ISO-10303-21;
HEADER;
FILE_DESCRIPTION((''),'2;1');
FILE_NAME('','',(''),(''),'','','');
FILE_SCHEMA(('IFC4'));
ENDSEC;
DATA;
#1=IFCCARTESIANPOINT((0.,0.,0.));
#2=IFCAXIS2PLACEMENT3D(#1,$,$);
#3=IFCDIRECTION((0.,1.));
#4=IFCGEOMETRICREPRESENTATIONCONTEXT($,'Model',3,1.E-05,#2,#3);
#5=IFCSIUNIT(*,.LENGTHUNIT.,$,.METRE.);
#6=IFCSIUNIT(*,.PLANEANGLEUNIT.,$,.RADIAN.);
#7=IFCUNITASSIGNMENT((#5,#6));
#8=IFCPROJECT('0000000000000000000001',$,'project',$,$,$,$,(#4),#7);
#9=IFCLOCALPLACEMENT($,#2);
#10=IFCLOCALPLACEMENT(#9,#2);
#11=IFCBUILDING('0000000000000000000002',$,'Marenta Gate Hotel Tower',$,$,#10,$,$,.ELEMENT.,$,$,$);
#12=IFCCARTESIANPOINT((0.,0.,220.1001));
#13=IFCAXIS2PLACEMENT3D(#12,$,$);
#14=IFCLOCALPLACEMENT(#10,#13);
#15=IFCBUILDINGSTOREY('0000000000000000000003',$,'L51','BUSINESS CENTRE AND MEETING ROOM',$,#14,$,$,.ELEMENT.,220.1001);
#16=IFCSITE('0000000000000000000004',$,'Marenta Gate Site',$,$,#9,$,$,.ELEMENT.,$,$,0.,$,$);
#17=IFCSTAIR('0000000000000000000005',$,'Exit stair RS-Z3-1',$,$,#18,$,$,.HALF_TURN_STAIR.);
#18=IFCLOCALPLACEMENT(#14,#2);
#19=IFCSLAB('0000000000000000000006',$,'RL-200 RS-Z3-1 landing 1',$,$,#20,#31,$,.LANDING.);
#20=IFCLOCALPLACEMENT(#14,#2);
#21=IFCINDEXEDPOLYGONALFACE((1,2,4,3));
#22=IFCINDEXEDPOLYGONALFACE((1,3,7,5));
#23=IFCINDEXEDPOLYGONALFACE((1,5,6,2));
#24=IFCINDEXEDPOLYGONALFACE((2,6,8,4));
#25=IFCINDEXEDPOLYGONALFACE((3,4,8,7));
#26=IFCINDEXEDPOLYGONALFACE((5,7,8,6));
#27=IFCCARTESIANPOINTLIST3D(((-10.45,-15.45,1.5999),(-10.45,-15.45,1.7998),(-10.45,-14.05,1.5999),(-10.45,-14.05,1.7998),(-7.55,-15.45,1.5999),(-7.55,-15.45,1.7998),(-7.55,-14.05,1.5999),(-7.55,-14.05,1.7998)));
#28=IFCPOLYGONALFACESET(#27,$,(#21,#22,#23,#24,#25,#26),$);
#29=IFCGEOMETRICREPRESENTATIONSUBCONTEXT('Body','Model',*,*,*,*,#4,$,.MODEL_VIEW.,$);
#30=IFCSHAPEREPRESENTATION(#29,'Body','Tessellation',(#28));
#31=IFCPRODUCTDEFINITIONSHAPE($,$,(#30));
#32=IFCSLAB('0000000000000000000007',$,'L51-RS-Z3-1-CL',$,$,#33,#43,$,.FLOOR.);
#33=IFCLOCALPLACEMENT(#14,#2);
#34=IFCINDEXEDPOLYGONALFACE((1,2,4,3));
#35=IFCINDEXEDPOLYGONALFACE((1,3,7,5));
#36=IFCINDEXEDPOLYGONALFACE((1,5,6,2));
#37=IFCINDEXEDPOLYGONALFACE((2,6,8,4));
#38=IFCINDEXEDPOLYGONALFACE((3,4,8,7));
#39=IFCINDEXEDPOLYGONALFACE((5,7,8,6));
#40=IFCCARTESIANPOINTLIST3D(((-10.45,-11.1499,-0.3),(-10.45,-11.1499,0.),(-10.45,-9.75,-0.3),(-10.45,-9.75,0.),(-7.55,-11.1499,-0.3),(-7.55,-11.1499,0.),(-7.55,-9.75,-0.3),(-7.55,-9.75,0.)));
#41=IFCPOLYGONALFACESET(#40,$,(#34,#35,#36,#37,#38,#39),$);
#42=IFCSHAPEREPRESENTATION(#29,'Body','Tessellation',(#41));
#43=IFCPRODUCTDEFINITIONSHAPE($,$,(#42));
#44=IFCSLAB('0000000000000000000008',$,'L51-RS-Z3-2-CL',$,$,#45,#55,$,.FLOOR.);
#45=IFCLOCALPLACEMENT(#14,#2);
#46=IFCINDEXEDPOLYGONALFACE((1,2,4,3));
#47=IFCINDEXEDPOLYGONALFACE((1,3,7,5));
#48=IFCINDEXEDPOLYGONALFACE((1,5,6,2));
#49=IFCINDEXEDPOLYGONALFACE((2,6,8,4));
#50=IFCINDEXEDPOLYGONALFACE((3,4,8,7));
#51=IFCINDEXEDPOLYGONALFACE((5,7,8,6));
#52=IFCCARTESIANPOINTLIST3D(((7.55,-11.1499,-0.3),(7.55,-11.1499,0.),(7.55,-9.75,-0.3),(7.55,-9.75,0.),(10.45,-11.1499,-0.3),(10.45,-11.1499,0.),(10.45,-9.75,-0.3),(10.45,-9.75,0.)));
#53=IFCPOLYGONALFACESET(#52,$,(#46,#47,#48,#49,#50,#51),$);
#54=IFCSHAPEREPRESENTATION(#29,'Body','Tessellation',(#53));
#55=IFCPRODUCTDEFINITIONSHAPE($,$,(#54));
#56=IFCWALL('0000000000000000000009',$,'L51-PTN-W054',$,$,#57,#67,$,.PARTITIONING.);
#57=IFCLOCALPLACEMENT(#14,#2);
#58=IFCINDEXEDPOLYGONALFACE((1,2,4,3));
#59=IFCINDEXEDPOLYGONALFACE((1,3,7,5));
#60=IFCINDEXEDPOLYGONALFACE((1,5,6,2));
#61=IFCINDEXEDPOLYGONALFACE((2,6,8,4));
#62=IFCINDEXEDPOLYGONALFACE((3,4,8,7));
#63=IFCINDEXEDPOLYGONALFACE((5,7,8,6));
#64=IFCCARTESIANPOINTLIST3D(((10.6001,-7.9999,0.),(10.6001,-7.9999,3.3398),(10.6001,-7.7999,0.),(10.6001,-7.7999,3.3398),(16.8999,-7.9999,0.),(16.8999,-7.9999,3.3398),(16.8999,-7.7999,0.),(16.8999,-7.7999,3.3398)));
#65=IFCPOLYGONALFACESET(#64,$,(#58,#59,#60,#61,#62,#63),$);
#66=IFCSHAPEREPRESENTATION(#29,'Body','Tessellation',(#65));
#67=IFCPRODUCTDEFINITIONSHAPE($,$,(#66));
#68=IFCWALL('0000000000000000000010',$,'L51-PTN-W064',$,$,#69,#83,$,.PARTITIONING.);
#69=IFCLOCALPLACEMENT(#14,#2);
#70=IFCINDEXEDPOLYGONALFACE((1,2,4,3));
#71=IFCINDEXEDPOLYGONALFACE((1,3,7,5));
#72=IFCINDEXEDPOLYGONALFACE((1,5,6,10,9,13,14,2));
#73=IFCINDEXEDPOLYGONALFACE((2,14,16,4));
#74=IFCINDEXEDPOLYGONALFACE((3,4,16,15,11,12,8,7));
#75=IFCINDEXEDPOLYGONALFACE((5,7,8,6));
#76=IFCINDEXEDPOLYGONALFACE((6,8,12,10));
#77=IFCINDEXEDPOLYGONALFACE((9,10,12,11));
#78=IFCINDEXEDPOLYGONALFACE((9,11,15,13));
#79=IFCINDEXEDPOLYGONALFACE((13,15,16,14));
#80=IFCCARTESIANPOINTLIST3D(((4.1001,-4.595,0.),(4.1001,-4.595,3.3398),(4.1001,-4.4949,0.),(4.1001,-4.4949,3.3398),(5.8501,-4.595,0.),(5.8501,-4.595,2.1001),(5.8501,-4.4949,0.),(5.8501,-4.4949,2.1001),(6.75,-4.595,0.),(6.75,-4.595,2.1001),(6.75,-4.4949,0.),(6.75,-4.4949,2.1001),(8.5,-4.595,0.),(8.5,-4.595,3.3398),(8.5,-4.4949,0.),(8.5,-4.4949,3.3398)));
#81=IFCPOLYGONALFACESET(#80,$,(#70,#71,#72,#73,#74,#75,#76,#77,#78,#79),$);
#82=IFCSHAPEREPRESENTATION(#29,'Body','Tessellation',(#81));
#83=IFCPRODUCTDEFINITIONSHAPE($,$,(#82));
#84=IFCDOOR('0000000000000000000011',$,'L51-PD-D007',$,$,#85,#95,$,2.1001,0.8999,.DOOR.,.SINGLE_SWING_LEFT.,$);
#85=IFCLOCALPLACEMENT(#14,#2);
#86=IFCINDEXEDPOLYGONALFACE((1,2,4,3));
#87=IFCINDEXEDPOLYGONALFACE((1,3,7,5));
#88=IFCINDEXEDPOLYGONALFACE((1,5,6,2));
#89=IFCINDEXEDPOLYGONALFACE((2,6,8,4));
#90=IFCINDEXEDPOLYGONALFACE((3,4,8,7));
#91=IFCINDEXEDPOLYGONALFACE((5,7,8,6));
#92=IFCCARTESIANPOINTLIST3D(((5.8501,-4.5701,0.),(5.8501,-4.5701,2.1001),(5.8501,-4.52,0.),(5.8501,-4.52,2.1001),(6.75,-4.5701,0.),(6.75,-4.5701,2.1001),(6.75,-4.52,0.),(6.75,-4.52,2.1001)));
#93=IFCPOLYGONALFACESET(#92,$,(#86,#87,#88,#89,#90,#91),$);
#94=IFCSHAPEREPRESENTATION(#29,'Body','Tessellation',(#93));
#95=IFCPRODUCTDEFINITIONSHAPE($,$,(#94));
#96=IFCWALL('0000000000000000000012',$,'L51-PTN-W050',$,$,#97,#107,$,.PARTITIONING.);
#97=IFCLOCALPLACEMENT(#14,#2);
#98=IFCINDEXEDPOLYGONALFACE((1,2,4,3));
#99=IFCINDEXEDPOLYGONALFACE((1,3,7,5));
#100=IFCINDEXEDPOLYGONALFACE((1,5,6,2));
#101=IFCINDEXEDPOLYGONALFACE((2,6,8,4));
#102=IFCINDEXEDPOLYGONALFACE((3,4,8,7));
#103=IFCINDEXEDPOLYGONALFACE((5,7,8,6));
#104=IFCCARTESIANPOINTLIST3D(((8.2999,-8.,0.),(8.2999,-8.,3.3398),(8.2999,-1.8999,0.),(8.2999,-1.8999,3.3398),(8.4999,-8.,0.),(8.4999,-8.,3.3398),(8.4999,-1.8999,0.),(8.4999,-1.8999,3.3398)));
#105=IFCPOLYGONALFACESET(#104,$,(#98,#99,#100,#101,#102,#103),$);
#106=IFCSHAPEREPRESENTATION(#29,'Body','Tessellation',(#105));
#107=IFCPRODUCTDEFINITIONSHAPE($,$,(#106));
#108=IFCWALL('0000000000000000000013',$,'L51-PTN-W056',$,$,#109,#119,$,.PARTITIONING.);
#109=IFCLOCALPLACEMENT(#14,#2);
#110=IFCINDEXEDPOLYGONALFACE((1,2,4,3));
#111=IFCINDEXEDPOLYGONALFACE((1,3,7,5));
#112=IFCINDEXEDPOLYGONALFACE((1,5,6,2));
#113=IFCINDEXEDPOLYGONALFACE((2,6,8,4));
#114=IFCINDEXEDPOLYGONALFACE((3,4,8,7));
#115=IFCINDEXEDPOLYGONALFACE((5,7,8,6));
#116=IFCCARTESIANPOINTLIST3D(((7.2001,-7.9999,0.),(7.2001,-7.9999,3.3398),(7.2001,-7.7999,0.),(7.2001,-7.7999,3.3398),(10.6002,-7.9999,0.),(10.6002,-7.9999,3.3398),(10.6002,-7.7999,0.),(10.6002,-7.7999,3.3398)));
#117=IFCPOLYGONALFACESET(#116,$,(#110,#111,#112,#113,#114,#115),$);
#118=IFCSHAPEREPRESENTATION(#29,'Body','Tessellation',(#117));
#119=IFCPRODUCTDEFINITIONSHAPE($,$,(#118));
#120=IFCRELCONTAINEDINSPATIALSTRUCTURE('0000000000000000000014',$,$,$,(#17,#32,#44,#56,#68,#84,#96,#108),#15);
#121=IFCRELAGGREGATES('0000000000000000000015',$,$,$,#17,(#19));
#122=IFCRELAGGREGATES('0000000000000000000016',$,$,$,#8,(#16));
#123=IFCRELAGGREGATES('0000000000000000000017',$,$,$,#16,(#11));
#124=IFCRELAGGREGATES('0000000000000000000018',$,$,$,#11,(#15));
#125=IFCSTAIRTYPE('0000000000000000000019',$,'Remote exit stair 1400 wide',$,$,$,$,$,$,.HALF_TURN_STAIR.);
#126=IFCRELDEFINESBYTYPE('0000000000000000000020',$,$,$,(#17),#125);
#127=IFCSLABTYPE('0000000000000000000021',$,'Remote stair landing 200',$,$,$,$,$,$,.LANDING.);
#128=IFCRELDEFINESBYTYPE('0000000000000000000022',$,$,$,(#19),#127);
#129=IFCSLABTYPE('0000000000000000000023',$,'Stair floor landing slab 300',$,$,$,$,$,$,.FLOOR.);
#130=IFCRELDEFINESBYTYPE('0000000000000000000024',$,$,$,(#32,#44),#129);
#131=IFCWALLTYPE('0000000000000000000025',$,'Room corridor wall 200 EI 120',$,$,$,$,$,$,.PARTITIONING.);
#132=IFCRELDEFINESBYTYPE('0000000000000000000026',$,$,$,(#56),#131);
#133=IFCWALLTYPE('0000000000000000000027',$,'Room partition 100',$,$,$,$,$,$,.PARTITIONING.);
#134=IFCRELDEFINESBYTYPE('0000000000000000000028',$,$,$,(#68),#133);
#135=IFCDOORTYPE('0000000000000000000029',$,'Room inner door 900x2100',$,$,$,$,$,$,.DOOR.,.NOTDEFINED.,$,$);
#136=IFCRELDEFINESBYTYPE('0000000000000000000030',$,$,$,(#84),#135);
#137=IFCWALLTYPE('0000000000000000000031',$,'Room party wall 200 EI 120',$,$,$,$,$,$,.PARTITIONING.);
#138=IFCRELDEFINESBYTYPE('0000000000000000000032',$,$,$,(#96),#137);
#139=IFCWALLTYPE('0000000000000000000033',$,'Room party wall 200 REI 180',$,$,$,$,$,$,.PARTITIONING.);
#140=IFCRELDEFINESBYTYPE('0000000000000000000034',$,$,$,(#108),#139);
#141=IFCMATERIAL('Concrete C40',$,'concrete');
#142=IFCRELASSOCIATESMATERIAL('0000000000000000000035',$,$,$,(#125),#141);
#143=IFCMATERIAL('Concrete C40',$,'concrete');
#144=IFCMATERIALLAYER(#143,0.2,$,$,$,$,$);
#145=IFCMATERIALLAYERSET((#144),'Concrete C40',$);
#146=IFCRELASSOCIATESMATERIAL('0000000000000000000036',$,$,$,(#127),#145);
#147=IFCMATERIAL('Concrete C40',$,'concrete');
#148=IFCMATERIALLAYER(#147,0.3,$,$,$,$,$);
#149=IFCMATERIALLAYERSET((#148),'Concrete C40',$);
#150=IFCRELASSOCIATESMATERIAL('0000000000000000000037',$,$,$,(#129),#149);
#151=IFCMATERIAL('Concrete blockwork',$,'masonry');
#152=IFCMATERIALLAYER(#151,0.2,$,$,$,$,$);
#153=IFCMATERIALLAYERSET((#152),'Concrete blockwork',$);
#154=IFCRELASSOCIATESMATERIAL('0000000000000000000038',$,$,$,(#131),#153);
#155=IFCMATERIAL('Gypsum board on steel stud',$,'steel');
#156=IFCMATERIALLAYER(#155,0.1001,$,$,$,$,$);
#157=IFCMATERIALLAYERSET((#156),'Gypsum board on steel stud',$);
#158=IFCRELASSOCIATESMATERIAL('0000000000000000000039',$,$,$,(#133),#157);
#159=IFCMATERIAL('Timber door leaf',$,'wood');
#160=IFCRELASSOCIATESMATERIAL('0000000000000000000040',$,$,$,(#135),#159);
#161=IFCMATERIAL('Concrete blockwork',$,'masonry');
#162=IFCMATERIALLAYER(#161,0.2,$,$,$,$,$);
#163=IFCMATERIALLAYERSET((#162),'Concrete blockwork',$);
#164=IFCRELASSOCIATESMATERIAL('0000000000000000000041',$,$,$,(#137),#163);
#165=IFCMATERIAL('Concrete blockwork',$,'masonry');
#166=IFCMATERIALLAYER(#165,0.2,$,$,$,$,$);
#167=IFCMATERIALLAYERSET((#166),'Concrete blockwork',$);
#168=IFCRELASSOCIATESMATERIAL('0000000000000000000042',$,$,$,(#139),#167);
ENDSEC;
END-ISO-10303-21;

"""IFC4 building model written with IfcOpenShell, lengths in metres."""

from ifc_helpers import new_model, si_unit, direction, frame, frame_2d, origin, place, context, subcontext, project, spatial, polyline, rectangle, outline, extrude, material, layer, layer_set, type_object, element, fill, aggregate, save


model = new_model("IFC4")

# Units and contexts
model_context = context("Model", 3, precision=1e-05, world=origin(), true_north=direction((0.0, 1.0)))
body_context = subcontext(model_context, "Body", "Model", "MODEL_VIEW")
ifc_project = project(units=[si_unit("LENGTHUNIT", "METRE"), si_unit("PLANEANGLEUNIT", "RADIAN")], contexts=[model_context])

# Site, building, storey
site_placement = place(None, origin())
site = spatial("IfcSite", under=ifc_project, at=site_placement, Name="Marenta Gate Site", CompositionType="ELEMENT", RefElevation=0.0)
building_placement = place(site_placement, origin())
building = spatial("IfcBuilding", under=site, at=building_placement, Name="Marenta Gate Hotel Tower", CompositionType="ELEMENT")
storey_placement = place(building_placement, frame((0.0, 0.0, 220.1001)))
storey = spatial("IfcBuildingStorey", under=building, at=storey_placement, Name="L51", Description="BUSINESS CENTRE AND MEETING ROOM", CompositionType="ELEMENT", Elevation=220.1001)

# Stair, slab
ifc_material_1 = material(Name="Concrete C40", Category="concrete")
stair_type_1 = type_object("IfcStairType", Name="Remote exit stair 1400 wide", PredefinedType="HALF_TURN_STAIR", material=ifc_material_1)
stair_1_placement = place(storey_placement, origin())
stair_1 = element("IfcStair", 1, at=stair_1_placement, inside=storey, type_object=stair_type_1, Name="Exit stair RS-Z3-1", PredefinedType="HALF_TURN_STAIR")
ifc_material_2 = material(Name="Concrete C40", Category="concrete")
ifc_layer_1 = layer(ifc_material_2, 0.2)
ifc_layer_set_1 = layer_set([ifc_layer_1], Name="Concrete C40")
slab_type_1 = type_object("IfcSlabType", Name="Remote stair landing 200", PredefinedType="LANDING", material=ifc_layer_set_1)
slab_1_placement = place(storey_placement, frame((0.0, 0.0, 1.5999)))
slab_1 = element("IfcSlab", 2, at=slab_1_placement, type_object=slab_type_1, Name="RL-200 RS-Z3-1 landing 1", PredefinedType="LANDING", context=body_context, shape_type="SweptSolid", body=[
    extrude(outline(polyline([(-10.45, -15.45), (-7.55, -15.45), (-7.55, -14.05), (-10.45, -14.05), (-10.45, -15.45)])), origin(), (0.0, 0.0, 1.0), 0.2),
])
aggregate(stair_1, [slab_1])

# Slabs
ifc_material_3 = material(Name="Concrete C40", Category="concrete")
ifc_layer_2 = layer(ifc_material_3, 0.3)
ifc_layer_set_2 = layer_set([ifc_layer_2], Name="Concrete C40")
slab_type_2 = type_object("IfcSlabType", Name="Stair floor landing slab 300", PredefinedType="FLOOR", material=ifc_layer_set_2)
slab_2_placement = place(storey_placement, frame((0.0, 0.0, -0.3)))
element("IfcSlab", 3, at=slab_2_placement, inside=storey, type_object=slab_type_2, Name="L51-RS-Z3-1-CL", PredefinedType="FLOOR", context=body_context, shape_type="SweptSolid", body=[
    extrude(outline(polyline([(-7.55, -11.1499), (-7.55, -9.75), (-10.45, -9.75), (-10.45, -11.1499), (-7.55, -11.1499)])), origin(), (0.0, 0.0, 1.0), 0.3),
])
slab_3_placement = place(storey_placement, frame((0.0, 0.0, -0.3)))
element("IfcSlab", 4, at=slab_3_placement, inside=storey, type_object=slab_type_2, Name="L51-RS-Z3-2-CL", PredefinedType="FLOOR", context=body_context, shape_type="SweptSolid", body=[
    extrude(outline(polyline([(10.45, -11.1499), (10.45, -9.75), (7.55, -9.75), (7.55, -11.1499), (10.45, -11.1499)])), origin(), (0.0, 0.0, 1.0), 0.3),
])

# Wall
ifc_material_4 = material(Name="Concrete blockwork", Category="masonry")
ifc_layer_3 = layer(ifc_material_4, 0.2)
ifc_layer_set_3 = layer_set([ifc_layer_3], Name="Concrete blockwork")
wall_type_1 = type_object("IfcWallType", Name="Room corridor wall 200 EI 120", PredefinedType="PARTITIONING", material=ifc_layer_set_3)
wall_1_placement = place(storey_placement, frame((10.6001, -7.8999, 0.0), z_axis=(0.0, 0.0, 1.0), x_axis=(1.0, 0.0, 0.0)))
element("IfcWall", 5, at=wall_1_placement, inside=storey, type_object=wall_type_1, Name="L51-PTN-W054", PredefinedType="PARTITIONING", context=body_context, shape_type="SweptSolid", body=[
    extrude(rectangle(XDim=6.2998, YDim=0.2, at=frame_2d((3.1499, 0.0))), origin(), (0.0, 0.0, 1.0), 3.3398),
])

# Wall, opening, door
ifc_material_5 = material(Name="Gypsum board on steel stud", Category="steel")
ifc_layer_4 = layer(ifc_material_5, 0.1001)
ifc_layer_set_4 = layer_set([ifc_layer_4], Name="Gypsum board on steel stud")
wall_type_2 = type_object("IfcWallType", Name="Room partition 100", PredefinedType="PARTITIONING", material=ifc_layer_set_4)
wall_2_placement = place(storey_placement, frame((4.1001, -4.5449, 0.0), z_axis=(0.0, 0.0, 1.0), x_axis=(1.0, 0.0, 0.0)))
wall_2 = element("IfcWall", 6, at=wall_2_placement, inside=storey, type_object=wall_type_2, Name="L51-PTN-W064", PredefinedType="PARTITIONING", context=body_context, shape_type="SweptSolid", body=[
    extrude(rectangle(XDim=4.3999, YDim=0.1001, at=frame_2d((2.2, 0.0))), origin(), (0.0, 0.0, 1.0), 3.3398),
])
opening_placement = place(wall_2_placement, frame((1.75, 0.0, 0.0)))
opening = element("IfcOpeningElement", 7, at=opening_placement, cuts=wall_2, PredefinedType="OPENING", context=body_context, shape_type="SweptSolid", body=[
    extrude(rectangle(XDim=0.8999, YDim=2.1001, at=frame_2d((0.45, 1.05))), frame((0.0, 0.05, 0.0), z_axis=(0.0, -1.0, 0.0), x_axis=(1.0, 0.0, 0.0)), (0.0, 0.0, 1.0), 0.1001),
])
ifc_material_6 = material(Name="Timber door leaf", Category="wood")
door_type = type_object("IfcDoorType", Name="Room inner door 900x2100", OperationType="NOTDEFINED", PredefinedType="DOOR", material=ifc_material_6)
door_placement = place(opening_placement, origin())
door = element("IfcDoor", 8, at=door_placement, inside=storey, type_object=door_type, Name="L51-PD-D007", OperationType="SINGLE_SWING_LEFT", OverallHeight=2.1001, OverallWidth=0.8999, PredefinedType="DOOR", context=body_context, shape_type="SweptSolid", body=[
    extrude(rectangle(XDim=0.8999, YDim=2.1001, at=frame_2d((0.45, 1.05))), frame((0.0, 0.0249, 0.0), z_axis=(0.0, -1.0, 0.0), x_axis=(1.0, 0.0, 0.0)), (0.0, 0.0, 1.0), 0.05),
])
fill(opening, door)

# Walls
ifc_material_7 = material(Name="Concrete blockwork", Category="masonry")
ifc_layer_5 = layer(ifc_material_7, 0.2)
ifc_layer_set_5 = layer_set([ifc_layer_5], Name="Concrete blockwork")
wall_type_3 = type_object("IfcWallType", Name="Room party wall 200 EI 120", PredefinedType="PARTITIONING", material=ifc_layer_set_5)
wall_3_placement = place(storey_placement, frame((8.3999, -8.0, 0.0), z_axis=(0.0, 0.0, 1.0), x_axis=(0.0, 1.0, 0.0)))
element("IfcWall", 9, at=wall_3_placement, inside=storey, type_object=wall_type_3, Name="L51-PTN-W050", PredefinedType="PARTITIONING", context=body_context, shape_type="SweptSolid", body=[
    extrude(rectangle(XDim=6.1001, YDim=0.2, at=frame_2d((3.05, 0.0))), origin(), (0.0, 0.0, 1.0), 3.3398),
])
ifc_material_8 = material(Name="Concrete blockwork", Category="masonry")
ifc_layer_6 = layer(ifc_material_8, 0.2)
ifc_layer_set_6 = layer_set([ifc_layer_6], Name="Concrete blockwork")
wall_type_4 = type_object("IfcWallType", Name="Room party wall 200 REI 180", PredefinedType="PARTITIONING", material=ifc_layer_set_6)
wall_4_placement = place(storey_placement, frame((7.2, -7.8999, 0.0), z_axis=(0.0, 0.0, 1.0), x_axis=(1.0, 0.0, 0.0)))
element("IfcWall", 10, at=wall_4_placement, inside=storey, type_object=wall_type_4, Name="L51-PTN-W056", PredefinedType="PARTITIONING", context=body_context, shape_type="SweptSolid", body=[
    extrude(rectangle(XDim=3.4001, YDim=0.2, at=frame_2d((1.7002, 0.0))), origin(), (0.0, 0.0, 1.0), 3.3398),
])

save(model, "model.ifc")
